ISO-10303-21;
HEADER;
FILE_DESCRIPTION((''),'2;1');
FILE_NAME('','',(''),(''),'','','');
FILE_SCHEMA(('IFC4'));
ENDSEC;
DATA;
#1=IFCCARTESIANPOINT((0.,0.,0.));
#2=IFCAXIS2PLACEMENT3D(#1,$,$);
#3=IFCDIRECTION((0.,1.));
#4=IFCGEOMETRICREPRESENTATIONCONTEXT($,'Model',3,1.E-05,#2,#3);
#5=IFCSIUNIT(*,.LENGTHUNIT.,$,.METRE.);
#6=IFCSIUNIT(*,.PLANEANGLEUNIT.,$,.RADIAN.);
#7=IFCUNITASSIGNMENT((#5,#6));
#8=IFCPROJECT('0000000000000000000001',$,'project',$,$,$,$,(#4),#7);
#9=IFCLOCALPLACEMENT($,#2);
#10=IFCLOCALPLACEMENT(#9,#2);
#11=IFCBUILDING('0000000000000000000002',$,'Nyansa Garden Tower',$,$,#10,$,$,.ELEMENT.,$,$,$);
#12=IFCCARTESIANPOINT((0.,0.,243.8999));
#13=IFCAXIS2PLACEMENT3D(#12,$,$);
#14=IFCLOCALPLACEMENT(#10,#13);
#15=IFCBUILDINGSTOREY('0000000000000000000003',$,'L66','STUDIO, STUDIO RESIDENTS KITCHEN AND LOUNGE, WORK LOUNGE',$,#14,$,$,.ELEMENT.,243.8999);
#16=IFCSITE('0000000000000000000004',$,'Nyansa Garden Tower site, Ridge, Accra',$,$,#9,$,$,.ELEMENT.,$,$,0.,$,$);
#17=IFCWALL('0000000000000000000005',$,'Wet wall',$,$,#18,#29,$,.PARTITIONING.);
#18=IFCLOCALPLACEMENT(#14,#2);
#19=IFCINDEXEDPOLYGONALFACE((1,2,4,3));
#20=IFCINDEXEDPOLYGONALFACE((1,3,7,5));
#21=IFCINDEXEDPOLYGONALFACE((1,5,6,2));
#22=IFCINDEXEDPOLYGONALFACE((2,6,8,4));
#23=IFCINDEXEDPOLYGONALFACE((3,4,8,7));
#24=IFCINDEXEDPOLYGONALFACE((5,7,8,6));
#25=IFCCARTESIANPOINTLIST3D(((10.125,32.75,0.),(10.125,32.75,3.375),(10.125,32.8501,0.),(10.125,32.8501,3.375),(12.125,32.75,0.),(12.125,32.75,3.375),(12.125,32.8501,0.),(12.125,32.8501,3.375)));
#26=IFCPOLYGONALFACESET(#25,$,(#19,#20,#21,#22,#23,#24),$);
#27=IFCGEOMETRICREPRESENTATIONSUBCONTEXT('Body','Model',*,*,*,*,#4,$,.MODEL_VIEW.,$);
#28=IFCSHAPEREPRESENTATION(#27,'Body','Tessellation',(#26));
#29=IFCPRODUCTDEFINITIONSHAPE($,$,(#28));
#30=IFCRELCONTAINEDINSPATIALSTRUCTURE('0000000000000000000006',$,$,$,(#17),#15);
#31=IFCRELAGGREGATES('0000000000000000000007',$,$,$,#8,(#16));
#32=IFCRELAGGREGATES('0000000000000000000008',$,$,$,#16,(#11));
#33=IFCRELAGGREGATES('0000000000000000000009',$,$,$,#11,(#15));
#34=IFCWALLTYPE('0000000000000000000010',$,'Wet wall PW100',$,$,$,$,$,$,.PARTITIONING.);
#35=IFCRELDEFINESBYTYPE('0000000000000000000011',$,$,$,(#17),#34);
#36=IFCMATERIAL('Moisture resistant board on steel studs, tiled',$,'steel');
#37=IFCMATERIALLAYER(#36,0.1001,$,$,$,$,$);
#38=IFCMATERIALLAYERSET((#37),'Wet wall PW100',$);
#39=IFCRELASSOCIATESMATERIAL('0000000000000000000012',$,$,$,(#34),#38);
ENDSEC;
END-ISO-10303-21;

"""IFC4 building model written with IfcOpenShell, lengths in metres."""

from ifc_helpers import new_model, si_unit, direction, frame, frame_2d, origin, place, context, subcontext, project, spatial, rectangle, extrude, material, layer, layer_set, type_object, element, save


model = new_model("IFC4")

# Units and contexts
model_context = context("Model", 3, precision=1e-05, world=origin(), true_north=direction((0.0, 1.0)))
body_context = subcontext(model_context, "Body", "Model", "MODEL_VIEW")
ifc_project = project(units=[si_unit("LENGTHUNIT", "METRE"), si_unit("PLANEANGLEUNIT", "RADIAN")], contexts=[model_context])

# Site, building, storey
site_placement = place(None, origin())
site = spatial("IfcSite", under=ifc_project, at=site_placement, Name="Nyansa Garden Tower site, Ridge, Accra", CompositionType="ELEMENT", RefElevation=0.0)
building_placement = place(site_placement, origin())
building = spatial("IfcBuilding", under=site, at=building_placement, Name="Nyansa Garden Tower", CompositionType="ELEMENT")
storey_placement = place(building_placement, frame((0.0, 0.0, 243.8999)))
storey = spatial("IfcBuildingStorey", under=building, at=storey_placement, Name="L66", Description="STUDIO, STUDIO RESIDENTS KITCHEN AND LOUNGE, WORK LOUNGE", CompositionType="ELEMENT", Elevation=243.8999)

# Shared definitions
ifc_material_1 = material(Name="Moisture resistant board on steel studs, tiled", Category="steel")
ifc_layer_1 = layer(ifc_material_1, 0.1001)
ifc_layer_set_1 = layer_set([ifc_layer_1], Name="Wet wall PW100")
wall_type_1 = type_object("IfcWallType", Name="Wet wall PW100", PredefinedType="PARTITIONING", material=ifc_layer_set_1)

# Wall
wall_1_placement = place(storey_placement, frame((10.125, 32.8, 0.0), z_axis=(0.0, 0.0, 1.0), x_axis=(1.0, 0.0, 0.0)))
element("IfcWall", 1, at=wall_1_placement, inside=storey, type_object=wall_type_1, Name="Wet wall", PredefinedType="PARTITIONING", context=body_context, shape_type="SweptSolid", body=[
    extrude(rectangle(XDim=2.0, YDim=0.1001, at=frame_2d((1.0, 0.0))), origin(), (0.0, 0.0, 1.0), 3.375),
])

save(model, "model.ifc")
